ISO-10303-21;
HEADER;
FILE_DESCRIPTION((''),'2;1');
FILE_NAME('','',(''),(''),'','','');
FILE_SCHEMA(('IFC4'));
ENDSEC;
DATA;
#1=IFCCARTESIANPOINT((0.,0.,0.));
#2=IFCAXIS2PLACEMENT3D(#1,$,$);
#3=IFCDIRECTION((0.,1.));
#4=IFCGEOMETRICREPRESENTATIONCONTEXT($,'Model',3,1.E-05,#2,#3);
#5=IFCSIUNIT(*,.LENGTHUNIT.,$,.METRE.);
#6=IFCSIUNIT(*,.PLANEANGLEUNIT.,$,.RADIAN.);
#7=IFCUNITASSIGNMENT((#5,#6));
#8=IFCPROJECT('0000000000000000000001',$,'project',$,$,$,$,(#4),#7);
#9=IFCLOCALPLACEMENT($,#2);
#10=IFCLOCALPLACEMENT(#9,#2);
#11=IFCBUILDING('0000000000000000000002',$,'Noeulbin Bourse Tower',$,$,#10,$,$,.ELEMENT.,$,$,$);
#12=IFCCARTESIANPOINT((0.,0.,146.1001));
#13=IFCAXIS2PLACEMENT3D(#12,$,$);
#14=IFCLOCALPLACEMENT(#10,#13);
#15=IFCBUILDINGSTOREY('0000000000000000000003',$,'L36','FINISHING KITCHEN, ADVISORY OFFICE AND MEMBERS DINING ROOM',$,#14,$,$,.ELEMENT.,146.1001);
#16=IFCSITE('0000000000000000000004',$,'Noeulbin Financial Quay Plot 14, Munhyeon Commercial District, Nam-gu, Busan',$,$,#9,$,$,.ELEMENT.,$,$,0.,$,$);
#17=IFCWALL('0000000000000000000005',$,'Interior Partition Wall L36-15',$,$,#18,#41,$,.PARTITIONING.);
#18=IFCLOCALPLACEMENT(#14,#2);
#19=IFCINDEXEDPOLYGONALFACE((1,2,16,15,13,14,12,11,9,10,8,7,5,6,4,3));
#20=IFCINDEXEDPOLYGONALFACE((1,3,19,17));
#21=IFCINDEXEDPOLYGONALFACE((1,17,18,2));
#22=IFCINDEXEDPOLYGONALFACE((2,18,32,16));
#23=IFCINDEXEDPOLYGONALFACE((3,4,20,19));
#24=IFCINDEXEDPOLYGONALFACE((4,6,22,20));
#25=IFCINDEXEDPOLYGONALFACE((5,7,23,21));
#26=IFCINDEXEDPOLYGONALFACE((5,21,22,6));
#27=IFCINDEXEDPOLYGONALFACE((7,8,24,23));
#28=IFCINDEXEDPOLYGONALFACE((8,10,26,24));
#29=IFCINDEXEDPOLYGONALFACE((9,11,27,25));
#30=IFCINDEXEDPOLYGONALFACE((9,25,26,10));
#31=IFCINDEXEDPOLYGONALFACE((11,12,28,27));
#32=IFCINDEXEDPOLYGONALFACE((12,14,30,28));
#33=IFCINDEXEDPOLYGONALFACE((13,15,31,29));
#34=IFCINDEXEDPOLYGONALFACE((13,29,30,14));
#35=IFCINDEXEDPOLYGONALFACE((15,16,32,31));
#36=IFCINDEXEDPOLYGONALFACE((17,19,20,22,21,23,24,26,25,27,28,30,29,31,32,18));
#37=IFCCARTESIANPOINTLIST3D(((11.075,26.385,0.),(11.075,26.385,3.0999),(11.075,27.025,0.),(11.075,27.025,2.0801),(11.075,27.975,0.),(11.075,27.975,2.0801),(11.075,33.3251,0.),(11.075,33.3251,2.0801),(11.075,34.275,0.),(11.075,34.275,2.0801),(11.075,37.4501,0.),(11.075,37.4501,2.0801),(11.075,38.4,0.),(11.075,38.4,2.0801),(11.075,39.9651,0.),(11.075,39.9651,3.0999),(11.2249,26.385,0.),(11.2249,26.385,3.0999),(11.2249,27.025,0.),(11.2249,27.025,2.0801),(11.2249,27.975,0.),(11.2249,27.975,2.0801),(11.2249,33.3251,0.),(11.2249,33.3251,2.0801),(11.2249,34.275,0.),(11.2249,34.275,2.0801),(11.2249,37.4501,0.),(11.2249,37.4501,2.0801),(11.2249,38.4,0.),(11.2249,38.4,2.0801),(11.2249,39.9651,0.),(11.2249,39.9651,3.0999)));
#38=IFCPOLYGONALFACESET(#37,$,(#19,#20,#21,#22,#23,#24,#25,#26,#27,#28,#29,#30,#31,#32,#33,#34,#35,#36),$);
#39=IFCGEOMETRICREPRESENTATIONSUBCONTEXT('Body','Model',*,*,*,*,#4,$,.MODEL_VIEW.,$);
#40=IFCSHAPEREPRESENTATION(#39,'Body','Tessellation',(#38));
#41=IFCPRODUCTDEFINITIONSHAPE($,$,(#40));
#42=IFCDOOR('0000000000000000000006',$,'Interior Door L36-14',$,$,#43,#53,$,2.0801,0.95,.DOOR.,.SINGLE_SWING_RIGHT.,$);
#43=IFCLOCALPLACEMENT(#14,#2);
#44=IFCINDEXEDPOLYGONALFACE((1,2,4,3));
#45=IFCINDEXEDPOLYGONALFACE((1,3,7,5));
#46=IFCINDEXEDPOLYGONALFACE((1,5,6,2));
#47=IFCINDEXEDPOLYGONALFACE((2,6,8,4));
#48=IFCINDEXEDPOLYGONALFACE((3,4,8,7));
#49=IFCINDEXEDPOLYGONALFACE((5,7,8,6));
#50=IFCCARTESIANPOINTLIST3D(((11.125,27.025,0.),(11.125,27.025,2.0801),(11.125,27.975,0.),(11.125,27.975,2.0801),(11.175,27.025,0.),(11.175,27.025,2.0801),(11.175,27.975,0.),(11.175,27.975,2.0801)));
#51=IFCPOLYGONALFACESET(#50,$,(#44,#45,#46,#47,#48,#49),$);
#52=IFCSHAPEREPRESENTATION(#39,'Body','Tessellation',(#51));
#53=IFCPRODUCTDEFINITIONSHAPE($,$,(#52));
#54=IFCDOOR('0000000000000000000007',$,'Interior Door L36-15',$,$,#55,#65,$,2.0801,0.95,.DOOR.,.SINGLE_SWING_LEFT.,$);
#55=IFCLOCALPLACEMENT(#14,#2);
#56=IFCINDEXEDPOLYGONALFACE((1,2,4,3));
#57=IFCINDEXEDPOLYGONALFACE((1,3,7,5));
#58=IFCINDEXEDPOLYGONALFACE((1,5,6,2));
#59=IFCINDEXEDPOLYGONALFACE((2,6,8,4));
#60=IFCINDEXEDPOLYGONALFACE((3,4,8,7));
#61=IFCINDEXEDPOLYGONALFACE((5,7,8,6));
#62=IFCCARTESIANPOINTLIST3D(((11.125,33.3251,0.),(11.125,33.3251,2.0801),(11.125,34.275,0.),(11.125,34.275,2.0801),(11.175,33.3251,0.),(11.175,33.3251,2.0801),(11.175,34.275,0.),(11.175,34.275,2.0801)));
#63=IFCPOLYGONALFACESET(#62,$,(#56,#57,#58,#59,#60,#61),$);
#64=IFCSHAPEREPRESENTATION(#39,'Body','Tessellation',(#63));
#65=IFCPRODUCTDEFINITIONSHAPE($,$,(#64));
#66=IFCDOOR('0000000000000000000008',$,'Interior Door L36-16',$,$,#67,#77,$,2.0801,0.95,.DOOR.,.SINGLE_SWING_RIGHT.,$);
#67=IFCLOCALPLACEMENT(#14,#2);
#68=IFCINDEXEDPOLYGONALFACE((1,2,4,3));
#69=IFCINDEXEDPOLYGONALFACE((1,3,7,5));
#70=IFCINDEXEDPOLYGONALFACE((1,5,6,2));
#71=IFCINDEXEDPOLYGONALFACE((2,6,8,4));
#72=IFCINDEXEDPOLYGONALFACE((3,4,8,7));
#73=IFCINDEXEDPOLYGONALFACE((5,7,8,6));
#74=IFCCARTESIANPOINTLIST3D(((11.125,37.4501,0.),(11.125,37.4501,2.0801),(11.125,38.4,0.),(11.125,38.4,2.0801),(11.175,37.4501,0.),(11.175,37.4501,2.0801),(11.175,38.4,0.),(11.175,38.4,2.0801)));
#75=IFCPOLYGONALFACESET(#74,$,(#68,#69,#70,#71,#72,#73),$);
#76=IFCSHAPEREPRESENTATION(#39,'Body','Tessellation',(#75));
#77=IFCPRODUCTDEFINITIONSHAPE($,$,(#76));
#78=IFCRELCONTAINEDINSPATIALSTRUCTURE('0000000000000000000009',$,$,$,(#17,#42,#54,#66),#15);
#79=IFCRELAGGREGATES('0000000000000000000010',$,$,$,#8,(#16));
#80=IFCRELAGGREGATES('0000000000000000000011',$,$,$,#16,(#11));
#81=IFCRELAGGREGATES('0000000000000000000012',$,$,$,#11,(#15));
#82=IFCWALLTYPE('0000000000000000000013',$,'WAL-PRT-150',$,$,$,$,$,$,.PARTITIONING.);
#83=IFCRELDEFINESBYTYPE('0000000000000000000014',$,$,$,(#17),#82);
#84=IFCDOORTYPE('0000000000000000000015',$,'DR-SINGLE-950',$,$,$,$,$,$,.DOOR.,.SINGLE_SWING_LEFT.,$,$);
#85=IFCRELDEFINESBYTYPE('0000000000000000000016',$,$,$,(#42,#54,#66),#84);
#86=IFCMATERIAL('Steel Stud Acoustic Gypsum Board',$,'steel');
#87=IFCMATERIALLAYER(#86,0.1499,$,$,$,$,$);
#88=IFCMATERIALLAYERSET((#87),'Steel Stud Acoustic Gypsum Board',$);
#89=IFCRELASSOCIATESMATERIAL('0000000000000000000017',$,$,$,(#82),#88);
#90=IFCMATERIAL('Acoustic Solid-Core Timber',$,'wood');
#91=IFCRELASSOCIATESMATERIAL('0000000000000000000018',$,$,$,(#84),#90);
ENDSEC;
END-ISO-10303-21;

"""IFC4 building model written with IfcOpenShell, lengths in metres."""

from ifc_helpers import new_model, si_unit, direction, frame, frame_2d, origin, place, context, subcontext, project, spatial, rectangle, extrude, material, layer, layer_set, type_object, element, fill, save


model = new_model("IFC4")

# Units and contexts
model_context = context("Model", 3, precision=1e-05, world=origin(), true_north=direction((0.0, 1.0)))
body_context = subcontext(model_context, "Body", "Model", "MODEL_VIEW")
ifc_project = project(units=[si_unit("LENGTHUNIT", "METRE"), si_unit("PLANEANGLEUNIT", "RADIAN")], contexts=[model_context])

# Site, building, storey
site_placement = place(None, origin())
site = spatial("IfcSite", under=ifc_project, at=site_placement, Name="Noeulbin Financial Quay Plot 14, Munhyeon Commercial District, Nam-gu, Busan", CompositionType="ELEMENT", RefElevation=0.0)
building_placement = place(site_placement, origin())
building = spatial("IfcBuilding", under=site, at=building_placement, Name="Noeulbin Bourse Tower", CompositionType="ELEMENT")
storey_placement = place(building_placement, frame((0.0, 0.0, 146.1001)))
storey = spatial("IfcBuildingStorey", under=building, at=storey_placement, Name="L36", Description="FINISHING KITCHEN, ADVISORY OFFICE AND MEMBERS DINING ROOM", CompositionType="ELEMENT", Elevation=146.1001)

# Wall, openings, doors
ifc_material_1 = material(Name="Steel Stud Acoustic Gypsum Board", Category="steel")
ifc_layer_1 = layer(ifc_material_1, 0.1499)
ifc_layer_set_1 = layer_set([ifc_layer_1], Name="Steel Stud Acoustic Gypsum Board")
wall_type_1 = type_object("IfcWallType", Name="WAL-PRT-150", PredefinedType="PARTITIONING", material=ifc_layer_set_1)
wall_1_placement = place(storey_placement, frame((11.1499, 26.385, 0.0), z_axis=(0.0, 0.0, 1.0), x_axis=(0.0, 1.0, 0.0)))
wall_1 = element("IfcWall", 1, at=wall_1_placement, inside=storey, type_object=wall_type_1, Name="Interior Partition Wall L36-15", PredefinedType="PARTITIONING", context=body_context, shape_type="SweptSolid", body=[
    extrude(rectangle(XDim=13.5801, YDim=0.1499, at=frame_2d((6.79, 0.0))), origin(), (0.0, 0.0, 1.0), 3.0999),
])
opening_1_placement = place(wall_1_placement, frame((0.6399, 0.0, 0.0)))
opening_1 = element("IfcOpeningElement", 2, at=opening_1_placement, cuts=wall_1, PredefinedType="OPENING", context=body_context, shape_type="SweptSolid", body=[
    extrude(rectangle(XDim=0.95, YDim=2.0801, at=frame_2d((0.4751, 1.04))), frame((0.0, 0.085, 0.0), z_axis=(0.0, -1.0, 0.0), x_axis=(1.0, 0.0, 0.0)), (0.0, 0.0, 1.0), 0.1699),
])
opening_2_placement = place(wall_1_placement, frame((6.9399, 0.0, 0.0)))
opening_2 = element("IfcOpeningElement", 3, at=opening_2_placement, cuts=wall_1, PredefinedType="OPENING", context=body_context, shape_type="SweptSolid", body=[
    extrude(rectangle(XDim=0.95, YDim=2.0801, at=frame_2d((0.4751, 1.04))), frame((0.0, 0.085, 0.0), z_axis=(0.0, -1.0, 0.0), x_axis=(1.0, 0.0, 0.0)), (0.0, 0.0, 1.0), 0.1699),
])
opening_3_placement = place(wall_1_placement, frame((11.0649, 0.0, 0.0)))
opening_3 = element("IfcOpeningElement", 4, at=opening_3_placement, cuts=wall_1, PredefinedType="OPENING", context=body_context, shape_type="SweptSolid", body=[
    extrude(rectangle(XDim=0.95, YDim=2.0801, at=frame_2d((0.4751, 1.04))), frame((0.0, 0.085, 0.0), z_axis=(0.0, -1.0, 0.0), x_axis=(1.0, 0.0, 0.0)), (0.0, 0.0, 1.0), 0.1699),
])
ifc_material_2 = material(Name="Acoustic Solid-Core Timber", Category="wood")
door_type = type_object("IfcDoorType", Name="DR-SINGLE-950", OperationType="SINGLE_SWING_LEFT", PredefinedType="DOOR", material=ifc_material_2)
door_1_placement = place(opening_1_placement, origin())
door_1 = element("IfcDoor", 5, at=door_1_placement, inside=storey, type_object=door_type, Name="Interior Door L36-14", OperationType="SINGLE_SWING_RIGHT", OverallHeight=2.0801, OverallWidth=0.95, PredefinedType="DOOR", context=body_context, shape_type="SweptSolid", body=[
    extrude(rectangle(XDim=0.95, YDim=2.0801, at=frame_2d((0.4751, 1.04))), frame((0.0, 0.0249, 0.0), z_axis=(0.0, -1.0, 0.0), x_axis=(1.0, 0.0, 0.0)), (0.0, 0.0, 1.0), 0.05),
])
fill(opening_1, door_1)
door_2_placement = place(opening_2_placement, origin())
door_2 = element("IfcDoor", 6, at=door_2_placement, inside=storey, type_object=door_type, Name="Interior Door L36-15", OperationType="SINGLE_SWING_LEFT", OverallHeight=2.0801, OverallWidth=0.95, PredefinedType="DOOR", context=body_context, shape_type="SweptSolid", body=[
    extrude(rectangle(XDim=0.95, YDim=2.0801, at=frame_2d((0.4751, 1.04))), frame((0.0, 0.0249, 0.0), z_axis=(0.0, -1.0, 0.0), x_axis=(1.0, 0.0, 0.0)), (0.0, 0.0, 1.0), 0.05),
])
fill(opening_2, door_2)
door_3_placement = place(opening_3_placement, origin())
door_3 = element("IfcDoor", 7, at=door_3_placement, inside=storey, type_object=door_type, Name="Interior Door L36-16", OperationType="SINGLE_SWING_RIGHT", OverallHeight=2.0801, OverallWidth=0.95, PredefinedType="DOOR", context=body_context, shape_type="SweptSolid", body=[
    extrude(rectangle(XDim=0.95, YDim=2.0801, at=frame_2d((0.4751, 1.04))), frame((0.0, 0.0249, 0.0), z_axis=(0.0, -1.0, 0.0), x_axis=(1.0, 0.0, 0.0)), (0.0, 0.0, 1.0), 0.05),
])
fill(opening_3, door_3)

save(model, "model.ifc")
